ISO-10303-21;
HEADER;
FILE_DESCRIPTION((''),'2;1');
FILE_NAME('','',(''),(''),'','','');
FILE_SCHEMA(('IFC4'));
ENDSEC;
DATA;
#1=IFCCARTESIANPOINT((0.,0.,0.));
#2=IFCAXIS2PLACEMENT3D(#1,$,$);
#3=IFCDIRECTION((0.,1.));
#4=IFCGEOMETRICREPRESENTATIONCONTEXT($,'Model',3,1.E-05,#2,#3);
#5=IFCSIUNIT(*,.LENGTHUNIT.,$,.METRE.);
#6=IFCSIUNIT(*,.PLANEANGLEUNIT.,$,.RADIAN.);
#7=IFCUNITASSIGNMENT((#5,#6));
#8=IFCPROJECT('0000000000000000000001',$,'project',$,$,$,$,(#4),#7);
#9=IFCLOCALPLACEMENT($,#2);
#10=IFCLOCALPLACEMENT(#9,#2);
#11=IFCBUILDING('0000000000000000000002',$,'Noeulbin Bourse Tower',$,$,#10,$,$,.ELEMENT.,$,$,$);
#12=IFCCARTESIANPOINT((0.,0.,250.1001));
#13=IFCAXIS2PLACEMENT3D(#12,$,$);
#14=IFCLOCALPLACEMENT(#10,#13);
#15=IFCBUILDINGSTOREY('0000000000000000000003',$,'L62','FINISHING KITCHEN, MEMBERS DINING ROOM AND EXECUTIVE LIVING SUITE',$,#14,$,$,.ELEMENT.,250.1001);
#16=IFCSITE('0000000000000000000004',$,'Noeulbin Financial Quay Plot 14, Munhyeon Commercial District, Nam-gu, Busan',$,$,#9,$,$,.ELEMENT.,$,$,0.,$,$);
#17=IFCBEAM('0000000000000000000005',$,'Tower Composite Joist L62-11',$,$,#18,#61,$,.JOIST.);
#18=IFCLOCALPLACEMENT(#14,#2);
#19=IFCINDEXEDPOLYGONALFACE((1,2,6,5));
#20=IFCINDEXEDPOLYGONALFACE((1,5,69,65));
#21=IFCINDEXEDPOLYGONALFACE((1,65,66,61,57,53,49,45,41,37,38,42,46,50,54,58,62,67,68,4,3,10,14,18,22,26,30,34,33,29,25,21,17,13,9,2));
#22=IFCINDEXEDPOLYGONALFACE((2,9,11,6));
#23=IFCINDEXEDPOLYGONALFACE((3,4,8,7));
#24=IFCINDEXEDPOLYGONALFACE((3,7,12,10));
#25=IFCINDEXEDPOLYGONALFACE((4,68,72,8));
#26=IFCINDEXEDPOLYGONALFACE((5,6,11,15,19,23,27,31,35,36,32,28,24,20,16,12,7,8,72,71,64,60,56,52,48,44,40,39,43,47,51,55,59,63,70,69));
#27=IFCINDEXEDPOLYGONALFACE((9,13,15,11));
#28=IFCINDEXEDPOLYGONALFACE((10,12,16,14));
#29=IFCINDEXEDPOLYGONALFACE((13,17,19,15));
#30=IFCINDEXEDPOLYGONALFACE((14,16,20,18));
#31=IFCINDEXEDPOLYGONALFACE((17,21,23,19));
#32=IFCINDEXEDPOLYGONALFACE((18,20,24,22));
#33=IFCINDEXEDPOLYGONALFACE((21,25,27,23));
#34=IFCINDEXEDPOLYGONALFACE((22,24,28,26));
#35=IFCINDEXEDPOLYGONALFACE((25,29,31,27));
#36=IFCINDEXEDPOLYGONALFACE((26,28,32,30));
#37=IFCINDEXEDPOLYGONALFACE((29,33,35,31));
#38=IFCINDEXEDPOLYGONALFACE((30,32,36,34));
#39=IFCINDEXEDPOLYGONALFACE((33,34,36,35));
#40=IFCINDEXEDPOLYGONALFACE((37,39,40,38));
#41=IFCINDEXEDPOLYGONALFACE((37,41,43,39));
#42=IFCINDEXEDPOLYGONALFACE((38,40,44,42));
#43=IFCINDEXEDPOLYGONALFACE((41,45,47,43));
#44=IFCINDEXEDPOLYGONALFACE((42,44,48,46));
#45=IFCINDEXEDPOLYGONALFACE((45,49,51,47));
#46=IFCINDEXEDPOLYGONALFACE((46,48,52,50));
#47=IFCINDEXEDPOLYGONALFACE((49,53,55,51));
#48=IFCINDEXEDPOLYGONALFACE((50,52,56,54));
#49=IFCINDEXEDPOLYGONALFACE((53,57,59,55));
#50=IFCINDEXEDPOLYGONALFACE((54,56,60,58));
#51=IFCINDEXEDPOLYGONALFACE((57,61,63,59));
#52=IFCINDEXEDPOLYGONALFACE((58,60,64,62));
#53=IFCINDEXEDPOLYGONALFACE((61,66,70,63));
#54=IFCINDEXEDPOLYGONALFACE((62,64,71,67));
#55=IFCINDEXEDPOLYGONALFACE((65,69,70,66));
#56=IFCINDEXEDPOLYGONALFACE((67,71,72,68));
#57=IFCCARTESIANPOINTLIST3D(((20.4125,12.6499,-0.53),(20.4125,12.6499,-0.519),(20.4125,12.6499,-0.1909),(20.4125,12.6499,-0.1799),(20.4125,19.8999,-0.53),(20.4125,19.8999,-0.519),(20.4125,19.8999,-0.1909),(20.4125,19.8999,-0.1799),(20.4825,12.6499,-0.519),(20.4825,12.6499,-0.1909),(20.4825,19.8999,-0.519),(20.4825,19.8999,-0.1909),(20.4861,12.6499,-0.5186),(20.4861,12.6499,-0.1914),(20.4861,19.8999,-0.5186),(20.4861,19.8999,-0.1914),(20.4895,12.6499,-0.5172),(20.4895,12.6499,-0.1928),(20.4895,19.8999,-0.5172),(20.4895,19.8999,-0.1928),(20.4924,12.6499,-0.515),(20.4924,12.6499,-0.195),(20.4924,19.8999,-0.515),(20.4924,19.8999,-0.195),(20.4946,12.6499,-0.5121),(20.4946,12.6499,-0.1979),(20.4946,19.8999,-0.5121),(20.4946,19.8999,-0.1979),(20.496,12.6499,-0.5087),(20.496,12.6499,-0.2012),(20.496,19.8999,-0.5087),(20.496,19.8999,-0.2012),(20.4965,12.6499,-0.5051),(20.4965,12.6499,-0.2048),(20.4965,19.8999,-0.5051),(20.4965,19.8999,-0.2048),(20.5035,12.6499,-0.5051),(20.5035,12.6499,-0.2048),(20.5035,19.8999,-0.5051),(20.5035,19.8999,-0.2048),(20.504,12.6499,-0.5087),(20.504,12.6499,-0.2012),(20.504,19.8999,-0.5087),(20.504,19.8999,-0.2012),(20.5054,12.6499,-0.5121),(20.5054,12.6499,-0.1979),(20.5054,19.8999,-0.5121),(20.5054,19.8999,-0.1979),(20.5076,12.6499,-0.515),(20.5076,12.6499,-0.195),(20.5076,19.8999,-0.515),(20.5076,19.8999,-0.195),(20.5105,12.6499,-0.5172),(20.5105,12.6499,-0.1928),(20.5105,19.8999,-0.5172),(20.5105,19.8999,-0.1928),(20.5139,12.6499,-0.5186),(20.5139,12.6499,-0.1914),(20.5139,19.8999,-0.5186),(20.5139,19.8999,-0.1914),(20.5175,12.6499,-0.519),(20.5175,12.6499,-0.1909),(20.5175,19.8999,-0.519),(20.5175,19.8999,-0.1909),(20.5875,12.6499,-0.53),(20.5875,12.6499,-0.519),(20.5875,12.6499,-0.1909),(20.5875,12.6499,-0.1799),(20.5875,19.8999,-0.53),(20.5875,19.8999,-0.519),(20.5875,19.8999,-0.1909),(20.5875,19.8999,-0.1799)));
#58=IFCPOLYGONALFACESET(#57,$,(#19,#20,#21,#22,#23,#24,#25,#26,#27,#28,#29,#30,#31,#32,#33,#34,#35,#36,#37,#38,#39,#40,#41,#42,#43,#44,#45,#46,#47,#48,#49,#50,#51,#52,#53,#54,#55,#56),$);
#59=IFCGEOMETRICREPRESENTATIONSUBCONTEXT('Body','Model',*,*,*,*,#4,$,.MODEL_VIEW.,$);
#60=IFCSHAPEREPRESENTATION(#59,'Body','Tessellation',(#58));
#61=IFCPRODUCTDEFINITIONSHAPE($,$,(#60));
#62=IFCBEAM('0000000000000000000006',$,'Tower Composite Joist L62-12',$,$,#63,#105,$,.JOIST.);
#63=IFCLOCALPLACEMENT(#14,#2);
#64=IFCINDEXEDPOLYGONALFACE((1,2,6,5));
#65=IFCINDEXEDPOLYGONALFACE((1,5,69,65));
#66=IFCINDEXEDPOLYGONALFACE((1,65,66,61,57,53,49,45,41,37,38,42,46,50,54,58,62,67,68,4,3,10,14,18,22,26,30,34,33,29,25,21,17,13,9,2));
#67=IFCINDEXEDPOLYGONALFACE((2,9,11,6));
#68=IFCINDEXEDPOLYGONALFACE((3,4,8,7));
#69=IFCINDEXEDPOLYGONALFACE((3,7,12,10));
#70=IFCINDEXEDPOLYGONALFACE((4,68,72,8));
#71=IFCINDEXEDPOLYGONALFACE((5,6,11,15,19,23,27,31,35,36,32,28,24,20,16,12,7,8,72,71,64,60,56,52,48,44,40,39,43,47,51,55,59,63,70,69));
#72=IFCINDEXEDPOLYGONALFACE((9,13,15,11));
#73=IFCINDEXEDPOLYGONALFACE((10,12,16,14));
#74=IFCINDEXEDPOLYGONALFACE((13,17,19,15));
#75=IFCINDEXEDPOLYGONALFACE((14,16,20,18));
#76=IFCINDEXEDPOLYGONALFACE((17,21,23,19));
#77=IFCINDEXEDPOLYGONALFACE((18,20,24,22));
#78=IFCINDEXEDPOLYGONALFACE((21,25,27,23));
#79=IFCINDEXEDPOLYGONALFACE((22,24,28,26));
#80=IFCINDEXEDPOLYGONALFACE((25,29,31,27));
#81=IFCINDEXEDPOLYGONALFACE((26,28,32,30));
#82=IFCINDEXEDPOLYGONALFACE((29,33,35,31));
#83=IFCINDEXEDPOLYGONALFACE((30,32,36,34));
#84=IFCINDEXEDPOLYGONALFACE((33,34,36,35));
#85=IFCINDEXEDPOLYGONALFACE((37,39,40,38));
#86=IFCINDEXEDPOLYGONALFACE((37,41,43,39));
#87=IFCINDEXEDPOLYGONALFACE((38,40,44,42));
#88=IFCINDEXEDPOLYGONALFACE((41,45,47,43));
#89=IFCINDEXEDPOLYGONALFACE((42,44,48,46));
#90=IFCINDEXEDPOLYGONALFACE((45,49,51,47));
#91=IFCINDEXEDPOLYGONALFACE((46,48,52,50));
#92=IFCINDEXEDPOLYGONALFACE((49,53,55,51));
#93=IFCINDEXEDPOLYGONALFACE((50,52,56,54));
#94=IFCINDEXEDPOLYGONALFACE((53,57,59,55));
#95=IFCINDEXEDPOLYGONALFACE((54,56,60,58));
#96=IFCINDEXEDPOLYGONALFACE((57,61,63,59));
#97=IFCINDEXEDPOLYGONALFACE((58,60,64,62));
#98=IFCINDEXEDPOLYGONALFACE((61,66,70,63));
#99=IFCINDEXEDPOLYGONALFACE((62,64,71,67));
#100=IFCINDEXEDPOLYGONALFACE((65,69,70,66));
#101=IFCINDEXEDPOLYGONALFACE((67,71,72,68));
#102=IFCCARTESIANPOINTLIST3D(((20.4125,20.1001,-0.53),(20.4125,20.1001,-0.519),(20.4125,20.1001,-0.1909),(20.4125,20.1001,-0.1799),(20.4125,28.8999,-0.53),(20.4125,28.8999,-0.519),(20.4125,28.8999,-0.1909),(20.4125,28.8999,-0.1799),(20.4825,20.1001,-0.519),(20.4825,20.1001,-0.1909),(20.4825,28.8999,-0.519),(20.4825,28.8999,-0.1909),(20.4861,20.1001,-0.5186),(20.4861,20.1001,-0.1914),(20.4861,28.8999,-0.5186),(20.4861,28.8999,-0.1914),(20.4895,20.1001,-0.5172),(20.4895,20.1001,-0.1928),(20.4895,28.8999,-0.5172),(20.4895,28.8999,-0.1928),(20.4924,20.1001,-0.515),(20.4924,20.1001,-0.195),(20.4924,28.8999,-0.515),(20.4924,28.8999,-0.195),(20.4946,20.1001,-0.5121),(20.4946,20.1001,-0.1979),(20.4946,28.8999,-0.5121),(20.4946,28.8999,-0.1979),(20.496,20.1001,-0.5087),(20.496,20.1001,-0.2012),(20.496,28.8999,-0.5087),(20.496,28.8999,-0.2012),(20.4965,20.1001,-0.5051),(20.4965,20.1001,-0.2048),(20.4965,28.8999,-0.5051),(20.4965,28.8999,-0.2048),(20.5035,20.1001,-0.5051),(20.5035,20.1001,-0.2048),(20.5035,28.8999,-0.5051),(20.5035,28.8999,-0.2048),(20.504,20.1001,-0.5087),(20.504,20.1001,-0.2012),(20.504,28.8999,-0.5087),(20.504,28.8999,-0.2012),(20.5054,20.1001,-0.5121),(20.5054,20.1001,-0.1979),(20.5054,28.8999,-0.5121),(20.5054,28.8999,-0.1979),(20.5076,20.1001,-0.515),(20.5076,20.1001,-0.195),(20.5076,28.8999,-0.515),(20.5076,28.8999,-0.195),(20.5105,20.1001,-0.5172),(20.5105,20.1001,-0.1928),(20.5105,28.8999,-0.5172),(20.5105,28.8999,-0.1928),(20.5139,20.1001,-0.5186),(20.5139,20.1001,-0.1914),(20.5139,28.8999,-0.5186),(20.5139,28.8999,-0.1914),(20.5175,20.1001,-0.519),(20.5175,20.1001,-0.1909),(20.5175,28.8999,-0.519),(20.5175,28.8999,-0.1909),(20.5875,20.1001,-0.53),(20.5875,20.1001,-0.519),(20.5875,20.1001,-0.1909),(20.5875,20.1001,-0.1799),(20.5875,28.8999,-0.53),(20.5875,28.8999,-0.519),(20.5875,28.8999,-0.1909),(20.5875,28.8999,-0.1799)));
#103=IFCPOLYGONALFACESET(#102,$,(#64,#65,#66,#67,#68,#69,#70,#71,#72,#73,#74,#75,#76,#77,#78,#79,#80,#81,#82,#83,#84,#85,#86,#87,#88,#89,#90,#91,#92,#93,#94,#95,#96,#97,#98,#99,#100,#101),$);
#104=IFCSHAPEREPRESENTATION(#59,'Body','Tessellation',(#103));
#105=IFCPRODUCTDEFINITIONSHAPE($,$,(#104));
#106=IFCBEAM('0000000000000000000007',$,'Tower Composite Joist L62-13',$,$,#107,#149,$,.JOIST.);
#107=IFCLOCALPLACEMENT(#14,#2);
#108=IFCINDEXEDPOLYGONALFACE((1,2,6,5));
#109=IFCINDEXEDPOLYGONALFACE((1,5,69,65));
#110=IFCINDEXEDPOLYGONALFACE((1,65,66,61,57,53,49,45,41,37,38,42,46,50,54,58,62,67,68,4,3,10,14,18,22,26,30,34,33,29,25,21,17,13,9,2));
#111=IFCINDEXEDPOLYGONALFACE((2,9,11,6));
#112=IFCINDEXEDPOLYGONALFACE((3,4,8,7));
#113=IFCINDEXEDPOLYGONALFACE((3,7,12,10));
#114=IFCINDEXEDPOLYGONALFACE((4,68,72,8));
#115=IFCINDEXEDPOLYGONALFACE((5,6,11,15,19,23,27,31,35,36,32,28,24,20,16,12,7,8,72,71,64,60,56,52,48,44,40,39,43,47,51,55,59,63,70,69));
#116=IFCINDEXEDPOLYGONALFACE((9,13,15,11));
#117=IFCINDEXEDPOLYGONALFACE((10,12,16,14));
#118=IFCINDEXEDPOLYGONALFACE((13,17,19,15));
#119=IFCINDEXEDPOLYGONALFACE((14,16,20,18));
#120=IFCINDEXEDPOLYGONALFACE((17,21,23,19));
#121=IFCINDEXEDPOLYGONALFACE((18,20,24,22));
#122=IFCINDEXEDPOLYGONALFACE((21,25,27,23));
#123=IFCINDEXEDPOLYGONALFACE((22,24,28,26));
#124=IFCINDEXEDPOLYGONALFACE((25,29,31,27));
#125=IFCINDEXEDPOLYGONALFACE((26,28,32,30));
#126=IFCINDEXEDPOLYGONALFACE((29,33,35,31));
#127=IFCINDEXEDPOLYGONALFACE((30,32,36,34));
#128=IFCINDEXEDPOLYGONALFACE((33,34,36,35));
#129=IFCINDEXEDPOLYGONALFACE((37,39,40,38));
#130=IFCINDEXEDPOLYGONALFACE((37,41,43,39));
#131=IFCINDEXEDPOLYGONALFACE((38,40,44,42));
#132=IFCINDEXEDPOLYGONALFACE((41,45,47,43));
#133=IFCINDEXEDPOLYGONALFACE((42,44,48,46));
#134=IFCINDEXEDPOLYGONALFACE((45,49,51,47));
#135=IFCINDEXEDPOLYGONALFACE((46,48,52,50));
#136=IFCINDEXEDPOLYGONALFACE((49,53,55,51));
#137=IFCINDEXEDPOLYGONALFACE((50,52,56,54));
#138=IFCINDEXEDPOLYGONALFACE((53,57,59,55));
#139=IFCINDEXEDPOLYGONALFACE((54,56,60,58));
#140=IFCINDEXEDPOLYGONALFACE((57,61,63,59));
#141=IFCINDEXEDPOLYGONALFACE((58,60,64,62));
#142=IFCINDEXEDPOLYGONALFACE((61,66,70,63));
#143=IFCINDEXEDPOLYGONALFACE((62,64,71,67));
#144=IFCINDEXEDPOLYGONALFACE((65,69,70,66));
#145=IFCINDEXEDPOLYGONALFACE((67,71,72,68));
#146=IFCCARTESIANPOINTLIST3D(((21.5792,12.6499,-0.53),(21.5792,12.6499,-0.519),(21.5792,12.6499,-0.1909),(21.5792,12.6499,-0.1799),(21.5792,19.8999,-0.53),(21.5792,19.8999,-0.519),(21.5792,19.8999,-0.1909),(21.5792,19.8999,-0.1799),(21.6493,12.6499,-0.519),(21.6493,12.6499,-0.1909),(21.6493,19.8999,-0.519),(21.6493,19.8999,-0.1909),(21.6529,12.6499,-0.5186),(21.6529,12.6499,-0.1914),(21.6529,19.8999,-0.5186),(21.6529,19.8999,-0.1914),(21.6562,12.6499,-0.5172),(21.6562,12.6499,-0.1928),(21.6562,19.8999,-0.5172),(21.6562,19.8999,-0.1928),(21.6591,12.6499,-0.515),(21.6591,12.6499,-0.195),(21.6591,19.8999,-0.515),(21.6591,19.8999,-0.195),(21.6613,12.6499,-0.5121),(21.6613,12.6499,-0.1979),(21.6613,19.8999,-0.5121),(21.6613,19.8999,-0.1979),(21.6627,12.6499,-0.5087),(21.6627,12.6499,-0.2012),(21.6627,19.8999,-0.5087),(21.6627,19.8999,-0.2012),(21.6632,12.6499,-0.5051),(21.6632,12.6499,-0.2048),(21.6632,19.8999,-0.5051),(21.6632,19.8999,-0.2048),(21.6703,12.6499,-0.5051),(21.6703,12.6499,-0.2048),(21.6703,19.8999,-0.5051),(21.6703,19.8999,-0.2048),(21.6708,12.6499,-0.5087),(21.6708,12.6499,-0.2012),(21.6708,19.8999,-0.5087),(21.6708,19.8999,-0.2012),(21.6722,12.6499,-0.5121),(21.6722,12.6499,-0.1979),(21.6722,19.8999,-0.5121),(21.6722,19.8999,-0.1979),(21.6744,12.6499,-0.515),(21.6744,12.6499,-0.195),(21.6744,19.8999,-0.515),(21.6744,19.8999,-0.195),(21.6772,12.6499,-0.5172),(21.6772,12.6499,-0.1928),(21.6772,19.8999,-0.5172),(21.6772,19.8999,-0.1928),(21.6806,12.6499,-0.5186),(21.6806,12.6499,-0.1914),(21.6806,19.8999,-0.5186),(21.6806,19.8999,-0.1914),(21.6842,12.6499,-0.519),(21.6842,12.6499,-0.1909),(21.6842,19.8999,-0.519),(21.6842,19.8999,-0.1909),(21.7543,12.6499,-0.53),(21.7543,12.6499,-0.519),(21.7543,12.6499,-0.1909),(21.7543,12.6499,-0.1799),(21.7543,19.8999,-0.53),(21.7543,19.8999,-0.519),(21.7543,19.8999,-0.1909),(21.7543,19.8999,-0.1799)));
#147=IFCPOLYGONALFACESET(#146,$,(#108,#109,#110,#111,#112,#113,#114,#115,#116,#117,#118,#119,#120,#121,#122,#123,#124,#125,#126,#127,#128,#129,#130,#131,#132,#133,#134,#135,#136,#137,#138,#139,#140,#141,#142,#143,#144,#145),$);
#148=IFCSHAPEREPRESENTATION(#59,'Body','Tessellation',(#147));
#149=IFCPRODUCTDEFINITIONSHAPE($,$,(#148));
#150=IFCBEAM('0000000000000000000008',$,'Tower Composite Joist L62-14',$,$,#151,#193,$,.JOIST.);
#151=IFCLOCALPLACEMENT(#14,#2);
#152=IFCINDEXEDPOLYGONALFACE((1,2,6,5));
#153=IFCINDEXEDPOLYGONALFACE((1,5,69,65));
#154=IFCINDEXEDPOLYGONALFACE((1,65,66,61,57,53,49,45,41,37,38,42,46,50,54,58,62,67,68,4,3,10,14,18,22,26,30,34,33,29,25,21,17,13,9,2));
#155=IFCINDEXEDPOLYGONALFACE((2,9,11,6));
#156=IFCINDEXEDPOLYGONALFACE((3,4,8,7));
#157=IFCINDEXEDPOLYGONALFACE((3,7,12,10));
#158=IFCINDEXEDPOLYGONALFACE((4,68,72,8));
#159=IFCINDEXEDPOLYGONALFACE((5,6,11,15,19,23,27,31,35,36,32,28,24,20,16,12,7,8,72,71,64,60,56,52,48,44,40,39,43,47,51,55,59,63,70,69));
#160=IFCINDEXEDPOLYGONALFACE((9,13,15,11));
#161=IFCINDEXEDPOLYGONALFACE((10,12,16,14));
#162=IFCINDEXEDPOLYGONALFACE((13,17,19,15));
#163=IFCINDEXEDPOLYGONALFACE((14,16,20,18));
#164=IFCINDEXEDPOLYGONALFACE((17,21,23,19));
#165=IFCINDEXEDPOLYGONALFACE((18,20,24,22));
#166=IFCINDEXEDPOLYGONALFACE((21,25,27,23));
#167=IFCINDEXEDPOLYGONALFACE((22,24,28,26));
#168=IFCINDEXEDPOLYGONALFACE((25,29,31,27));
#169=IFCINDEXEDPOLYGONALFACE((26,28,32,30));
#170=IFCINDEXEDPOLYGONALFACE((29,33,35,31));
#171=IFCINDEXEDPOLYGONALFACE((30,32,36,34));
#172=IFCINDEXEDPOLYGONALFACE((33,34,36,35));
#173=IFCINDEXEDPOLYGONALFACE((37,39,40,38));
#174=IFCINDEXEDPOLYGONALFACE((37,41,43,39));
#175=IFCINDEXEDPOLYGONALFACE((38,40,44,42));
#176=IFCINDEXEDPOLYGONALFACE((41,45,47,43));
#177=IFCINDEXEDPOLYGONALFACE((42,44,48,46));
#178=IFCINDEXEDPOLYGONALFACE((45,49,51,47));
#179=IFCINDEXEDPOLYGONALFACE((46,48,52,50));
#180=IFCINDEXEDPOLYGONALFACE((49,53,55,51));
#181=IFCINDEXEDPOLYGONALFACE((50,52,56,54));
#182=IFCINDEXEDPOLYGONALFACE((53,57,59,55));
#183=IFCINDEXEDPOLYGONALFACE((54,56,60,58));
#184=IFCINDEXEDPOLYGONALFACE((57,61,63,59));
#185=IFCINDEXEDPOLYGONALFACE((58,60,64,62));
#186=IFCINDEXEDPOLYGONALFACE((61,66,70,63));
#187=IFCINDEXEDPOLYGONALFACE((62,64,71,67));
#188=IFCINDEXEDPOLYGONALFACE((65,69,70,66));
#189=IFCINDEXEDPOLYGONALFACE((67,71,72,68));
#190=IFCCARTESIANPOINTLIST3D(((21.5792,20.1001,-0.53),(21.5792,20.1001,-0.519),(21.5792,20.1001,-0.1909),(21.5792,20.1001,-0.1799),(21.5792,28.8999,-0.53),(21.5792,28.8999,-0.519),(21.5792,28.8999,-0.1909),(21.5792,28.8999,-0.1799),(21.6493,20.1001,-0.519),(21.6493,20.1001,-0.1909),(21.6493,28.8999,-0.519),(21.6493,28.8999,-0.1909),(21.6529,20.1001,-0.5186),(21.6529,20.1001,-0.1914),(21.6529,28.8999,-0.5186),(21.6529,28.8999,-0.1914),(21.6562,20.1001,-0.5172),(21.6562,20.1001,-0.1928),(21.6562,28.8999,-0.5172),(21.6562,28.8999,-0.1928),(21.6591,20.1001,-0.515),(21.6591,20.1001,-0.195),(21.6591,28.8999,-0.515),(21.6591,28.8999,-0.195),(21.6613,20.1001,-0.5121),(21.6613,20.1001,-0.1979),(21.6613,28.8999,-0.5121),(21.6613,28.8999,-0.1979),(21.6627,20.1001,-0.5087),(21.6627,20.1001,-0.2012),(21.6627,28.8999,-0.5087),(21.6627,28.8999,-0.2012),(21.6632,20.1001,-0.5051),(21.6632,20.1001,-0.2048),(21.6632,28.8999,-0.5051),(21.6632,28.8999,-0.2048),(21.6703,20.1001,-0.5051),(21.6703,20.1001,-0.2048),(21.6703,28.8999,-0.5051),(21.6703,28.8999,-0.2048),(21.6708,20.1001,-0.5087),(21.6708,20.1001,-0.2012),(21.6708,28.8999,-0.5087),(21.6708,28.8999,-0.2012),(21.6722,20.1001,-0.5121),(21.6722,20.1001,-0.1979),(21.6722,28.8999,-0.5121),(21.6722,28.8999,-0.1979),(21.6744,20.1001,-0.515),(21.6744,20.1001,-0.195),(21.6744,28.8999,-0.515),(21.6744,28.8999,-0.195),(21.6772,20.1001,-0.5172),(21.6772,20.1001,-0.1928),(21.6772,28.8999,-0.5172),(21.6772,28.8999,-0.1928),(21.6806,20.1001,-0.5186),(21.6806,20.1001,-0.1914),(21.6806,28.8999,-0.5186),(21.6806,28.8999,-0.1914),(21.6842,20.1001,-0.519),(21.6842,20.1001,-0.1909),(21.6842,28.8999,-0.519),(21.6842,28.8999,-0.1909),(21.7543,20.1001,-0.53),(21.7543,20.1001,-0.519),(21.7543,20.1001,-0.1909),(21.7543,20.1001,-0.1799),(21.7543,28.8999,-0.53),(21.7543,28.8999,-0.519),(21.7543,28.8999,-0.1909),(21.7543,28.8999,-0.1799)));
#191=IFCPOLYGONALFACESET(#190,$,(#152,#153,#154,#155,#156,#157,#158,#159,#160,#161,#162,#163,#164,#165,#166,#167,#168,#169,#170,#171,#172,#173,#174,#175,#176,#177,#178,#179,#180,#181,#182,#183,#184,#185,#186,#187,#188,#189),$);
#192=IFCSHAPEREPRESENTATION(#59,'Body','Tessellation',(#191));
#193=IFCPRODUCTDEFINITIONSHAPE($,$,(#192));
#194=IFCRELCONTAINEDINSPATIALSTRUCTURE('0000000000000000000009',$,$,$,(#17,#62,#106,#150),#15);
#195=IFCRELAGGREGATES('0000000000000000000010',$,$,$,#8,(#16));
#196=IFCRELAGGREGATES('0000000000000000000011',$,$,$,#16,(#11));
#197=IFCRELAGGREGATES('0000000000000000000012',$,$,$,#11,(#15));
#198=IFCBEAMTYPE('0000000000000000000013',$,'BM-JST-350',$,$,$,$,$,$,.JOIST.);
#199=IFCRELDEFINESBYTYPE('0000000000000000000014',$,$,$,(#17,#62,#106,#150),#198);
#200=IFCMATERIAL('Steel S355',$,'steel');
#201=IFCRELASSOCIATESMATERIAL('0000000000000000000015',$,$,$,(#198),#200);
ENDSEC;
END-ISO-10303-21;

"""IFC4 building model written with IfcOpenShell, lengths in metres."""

from ifc_helpers import new_model, si_unit, direction, frame, origin, origin_2d, place, context, subcontext, project, spatial, i_section, extrude, material, material_profile, profile_set, type_object, element, save


model = new_model("IFC4")

# Units and contexts
model_context = context("Model", 3, precision=1e-05, world=origin(), true_north=direction((0.0, 1.0)))
body_context = subcontext(model_context, "Body", "Model", "MODEL_VIEW")
ifc_project = project(units=[si_unit("LENGTHUNIT", "METRE"), si_unit("PLANEANGLEUNIT", "RADIAN")], contexts=[model_context])

# Site, building, storey
site_placement = place(None, origin())
site = spatial("IfcSite", under=ifc_project, at=site_placement, Name="Noeulbin Financial Quay Plot 14, Munhyeon Commercial District, Nam-gu, Busan", CompositionType="ELEMENT", RefElevation=0.0)
building_placement = place(site_placement, origin())
building = spatial("IfcBuilding", under=site, at=building_placement, Name="Noeulbin Bourse Tower", CompositionType="ELEMENT")
storey_placement = place(building_placement, frame((0.0, 0.0, 250.1001)))
storey = spatial("IfcBuildingStorey", under=building, at=storey_placement, Name="L62", Description="FINISHING KITCHEN, MEMBERS DINING ROOM AND EXECUTIVE LIVING SUITE", CompositionType="ELEMENT", Elevation=250.1001)

# Shared definitions
ifc_material_1 = material(Name="Steel S355", Category="steel")

# Beams
ifc_material_profile_1 = material_profile(ifc_material_1, i_section(OverallWidth=0.175, OverallDepth=0.3501, WebThickness=0.0071, FlangeThickness=0.011, FilletRadius=0.0139, at=origin_2d()), Name="H-350x175x7x11", Category="LoadBearing")
ifc_profile_set_1 = profile_set([ifc_material_profile_1], Name="Steel S355")
beam_type_1 = type_object("IfcBeamType", Name="BM-JST-350", PredefinedType="JOIST", material=ifc_profile_set_1)
beam_1_placement = place(storey_placement, frame((20.5, 12.6499, -0.355), z_axis=(0.0, 1.0, 0.0), x_axis=(-1.0, 0.0, 0.0)))
element("IfcBeam", 1, at=beam_1_placement, inside=storey, type_object=beam_type_1, Name="Tower Composite Joist L62-11", PredefinedType="JOIST", context=body_context, shape_type="SweptSolid", body=[
    extrude(i_section(OverallWidth=0.175, OverallDepth=0.3501, WebThickness=0.0071, FlangeThickness=0.011, FilletRadius=0.0139, at=origin_2d()), origin(), (0.0, 0.0, 1.0), 7.25),
])
beam_2_placement = place(storey_placement, frame((20.5, 20.1001, -0.355), z_axis=(0.0, 1.0, 0.0), x_axis=(-1.0, 0.0, 0.0)))
element("IfcBeam", 2, at=beam_2_placement, inside=storey, type_object=beam_type_1, Name="Tower Composite Joist L62-12", PredefinedType="JOIST", context=body_context, shape_type="SweptSolid", body=[
    extrude(i_section(OverallWidth=0.175, OverallDepth=0.3501, WebThickness=0.0071, FlangeThickness=0.011, FilletRadius=0.0139, at=origin_2d()), origin(), (0.0, 0.0, 1.0), 8.7998),
])
beam_3_placement = place(storey_placement, frame((21.6667, 12.6499, -0.355), z_axis=(0.0, 1.0, 0.0), x_axis=(-1.0, 0.0, 0.0)))
element("IfcBeam", 3, at=beam_3_placement, inside=storey, type_object=beam_type_1, Name="Tower Composite Joist L62-13", PredefinedType="JOIST", context=body_context, shape_type="SweptSolid", body=[
    extrude(i_section(OverallWidth=0.175, OverallDepth=0.3501, WebThickness=0.0071, FlangeThickness=0.011, FilletRadius=0.0139, at=origin_2d()), origin(), (0.0, 0.0, 1.0), 7.25),
])
beam_4_placement = place(storey_placement, frame((21.6667, 20.1001, -0.355), z_axis=(0.0, 1.0, 0.0), x_axis=(-1.0, 0.0, 0.0)))
element("IfcBeam", 4, at=beam_4_placement, inside=storey, type_object=beam_type_1, Name="Tower Composite Joist L62-14", PredefinedType="JOIST", context=body_context, shape_type="SweptSolid", body=[
    extrude(i_section(OverallWidth=0.175, OverallDepth=0.3501, WebThickness=0.0071, FlangeThickness=0.011, FilletRadius=0.0139, at=origin_2d()), origin(), (0.0, 0.0, 1.0), 8.7998),
])

save(model, "model.ifc")
